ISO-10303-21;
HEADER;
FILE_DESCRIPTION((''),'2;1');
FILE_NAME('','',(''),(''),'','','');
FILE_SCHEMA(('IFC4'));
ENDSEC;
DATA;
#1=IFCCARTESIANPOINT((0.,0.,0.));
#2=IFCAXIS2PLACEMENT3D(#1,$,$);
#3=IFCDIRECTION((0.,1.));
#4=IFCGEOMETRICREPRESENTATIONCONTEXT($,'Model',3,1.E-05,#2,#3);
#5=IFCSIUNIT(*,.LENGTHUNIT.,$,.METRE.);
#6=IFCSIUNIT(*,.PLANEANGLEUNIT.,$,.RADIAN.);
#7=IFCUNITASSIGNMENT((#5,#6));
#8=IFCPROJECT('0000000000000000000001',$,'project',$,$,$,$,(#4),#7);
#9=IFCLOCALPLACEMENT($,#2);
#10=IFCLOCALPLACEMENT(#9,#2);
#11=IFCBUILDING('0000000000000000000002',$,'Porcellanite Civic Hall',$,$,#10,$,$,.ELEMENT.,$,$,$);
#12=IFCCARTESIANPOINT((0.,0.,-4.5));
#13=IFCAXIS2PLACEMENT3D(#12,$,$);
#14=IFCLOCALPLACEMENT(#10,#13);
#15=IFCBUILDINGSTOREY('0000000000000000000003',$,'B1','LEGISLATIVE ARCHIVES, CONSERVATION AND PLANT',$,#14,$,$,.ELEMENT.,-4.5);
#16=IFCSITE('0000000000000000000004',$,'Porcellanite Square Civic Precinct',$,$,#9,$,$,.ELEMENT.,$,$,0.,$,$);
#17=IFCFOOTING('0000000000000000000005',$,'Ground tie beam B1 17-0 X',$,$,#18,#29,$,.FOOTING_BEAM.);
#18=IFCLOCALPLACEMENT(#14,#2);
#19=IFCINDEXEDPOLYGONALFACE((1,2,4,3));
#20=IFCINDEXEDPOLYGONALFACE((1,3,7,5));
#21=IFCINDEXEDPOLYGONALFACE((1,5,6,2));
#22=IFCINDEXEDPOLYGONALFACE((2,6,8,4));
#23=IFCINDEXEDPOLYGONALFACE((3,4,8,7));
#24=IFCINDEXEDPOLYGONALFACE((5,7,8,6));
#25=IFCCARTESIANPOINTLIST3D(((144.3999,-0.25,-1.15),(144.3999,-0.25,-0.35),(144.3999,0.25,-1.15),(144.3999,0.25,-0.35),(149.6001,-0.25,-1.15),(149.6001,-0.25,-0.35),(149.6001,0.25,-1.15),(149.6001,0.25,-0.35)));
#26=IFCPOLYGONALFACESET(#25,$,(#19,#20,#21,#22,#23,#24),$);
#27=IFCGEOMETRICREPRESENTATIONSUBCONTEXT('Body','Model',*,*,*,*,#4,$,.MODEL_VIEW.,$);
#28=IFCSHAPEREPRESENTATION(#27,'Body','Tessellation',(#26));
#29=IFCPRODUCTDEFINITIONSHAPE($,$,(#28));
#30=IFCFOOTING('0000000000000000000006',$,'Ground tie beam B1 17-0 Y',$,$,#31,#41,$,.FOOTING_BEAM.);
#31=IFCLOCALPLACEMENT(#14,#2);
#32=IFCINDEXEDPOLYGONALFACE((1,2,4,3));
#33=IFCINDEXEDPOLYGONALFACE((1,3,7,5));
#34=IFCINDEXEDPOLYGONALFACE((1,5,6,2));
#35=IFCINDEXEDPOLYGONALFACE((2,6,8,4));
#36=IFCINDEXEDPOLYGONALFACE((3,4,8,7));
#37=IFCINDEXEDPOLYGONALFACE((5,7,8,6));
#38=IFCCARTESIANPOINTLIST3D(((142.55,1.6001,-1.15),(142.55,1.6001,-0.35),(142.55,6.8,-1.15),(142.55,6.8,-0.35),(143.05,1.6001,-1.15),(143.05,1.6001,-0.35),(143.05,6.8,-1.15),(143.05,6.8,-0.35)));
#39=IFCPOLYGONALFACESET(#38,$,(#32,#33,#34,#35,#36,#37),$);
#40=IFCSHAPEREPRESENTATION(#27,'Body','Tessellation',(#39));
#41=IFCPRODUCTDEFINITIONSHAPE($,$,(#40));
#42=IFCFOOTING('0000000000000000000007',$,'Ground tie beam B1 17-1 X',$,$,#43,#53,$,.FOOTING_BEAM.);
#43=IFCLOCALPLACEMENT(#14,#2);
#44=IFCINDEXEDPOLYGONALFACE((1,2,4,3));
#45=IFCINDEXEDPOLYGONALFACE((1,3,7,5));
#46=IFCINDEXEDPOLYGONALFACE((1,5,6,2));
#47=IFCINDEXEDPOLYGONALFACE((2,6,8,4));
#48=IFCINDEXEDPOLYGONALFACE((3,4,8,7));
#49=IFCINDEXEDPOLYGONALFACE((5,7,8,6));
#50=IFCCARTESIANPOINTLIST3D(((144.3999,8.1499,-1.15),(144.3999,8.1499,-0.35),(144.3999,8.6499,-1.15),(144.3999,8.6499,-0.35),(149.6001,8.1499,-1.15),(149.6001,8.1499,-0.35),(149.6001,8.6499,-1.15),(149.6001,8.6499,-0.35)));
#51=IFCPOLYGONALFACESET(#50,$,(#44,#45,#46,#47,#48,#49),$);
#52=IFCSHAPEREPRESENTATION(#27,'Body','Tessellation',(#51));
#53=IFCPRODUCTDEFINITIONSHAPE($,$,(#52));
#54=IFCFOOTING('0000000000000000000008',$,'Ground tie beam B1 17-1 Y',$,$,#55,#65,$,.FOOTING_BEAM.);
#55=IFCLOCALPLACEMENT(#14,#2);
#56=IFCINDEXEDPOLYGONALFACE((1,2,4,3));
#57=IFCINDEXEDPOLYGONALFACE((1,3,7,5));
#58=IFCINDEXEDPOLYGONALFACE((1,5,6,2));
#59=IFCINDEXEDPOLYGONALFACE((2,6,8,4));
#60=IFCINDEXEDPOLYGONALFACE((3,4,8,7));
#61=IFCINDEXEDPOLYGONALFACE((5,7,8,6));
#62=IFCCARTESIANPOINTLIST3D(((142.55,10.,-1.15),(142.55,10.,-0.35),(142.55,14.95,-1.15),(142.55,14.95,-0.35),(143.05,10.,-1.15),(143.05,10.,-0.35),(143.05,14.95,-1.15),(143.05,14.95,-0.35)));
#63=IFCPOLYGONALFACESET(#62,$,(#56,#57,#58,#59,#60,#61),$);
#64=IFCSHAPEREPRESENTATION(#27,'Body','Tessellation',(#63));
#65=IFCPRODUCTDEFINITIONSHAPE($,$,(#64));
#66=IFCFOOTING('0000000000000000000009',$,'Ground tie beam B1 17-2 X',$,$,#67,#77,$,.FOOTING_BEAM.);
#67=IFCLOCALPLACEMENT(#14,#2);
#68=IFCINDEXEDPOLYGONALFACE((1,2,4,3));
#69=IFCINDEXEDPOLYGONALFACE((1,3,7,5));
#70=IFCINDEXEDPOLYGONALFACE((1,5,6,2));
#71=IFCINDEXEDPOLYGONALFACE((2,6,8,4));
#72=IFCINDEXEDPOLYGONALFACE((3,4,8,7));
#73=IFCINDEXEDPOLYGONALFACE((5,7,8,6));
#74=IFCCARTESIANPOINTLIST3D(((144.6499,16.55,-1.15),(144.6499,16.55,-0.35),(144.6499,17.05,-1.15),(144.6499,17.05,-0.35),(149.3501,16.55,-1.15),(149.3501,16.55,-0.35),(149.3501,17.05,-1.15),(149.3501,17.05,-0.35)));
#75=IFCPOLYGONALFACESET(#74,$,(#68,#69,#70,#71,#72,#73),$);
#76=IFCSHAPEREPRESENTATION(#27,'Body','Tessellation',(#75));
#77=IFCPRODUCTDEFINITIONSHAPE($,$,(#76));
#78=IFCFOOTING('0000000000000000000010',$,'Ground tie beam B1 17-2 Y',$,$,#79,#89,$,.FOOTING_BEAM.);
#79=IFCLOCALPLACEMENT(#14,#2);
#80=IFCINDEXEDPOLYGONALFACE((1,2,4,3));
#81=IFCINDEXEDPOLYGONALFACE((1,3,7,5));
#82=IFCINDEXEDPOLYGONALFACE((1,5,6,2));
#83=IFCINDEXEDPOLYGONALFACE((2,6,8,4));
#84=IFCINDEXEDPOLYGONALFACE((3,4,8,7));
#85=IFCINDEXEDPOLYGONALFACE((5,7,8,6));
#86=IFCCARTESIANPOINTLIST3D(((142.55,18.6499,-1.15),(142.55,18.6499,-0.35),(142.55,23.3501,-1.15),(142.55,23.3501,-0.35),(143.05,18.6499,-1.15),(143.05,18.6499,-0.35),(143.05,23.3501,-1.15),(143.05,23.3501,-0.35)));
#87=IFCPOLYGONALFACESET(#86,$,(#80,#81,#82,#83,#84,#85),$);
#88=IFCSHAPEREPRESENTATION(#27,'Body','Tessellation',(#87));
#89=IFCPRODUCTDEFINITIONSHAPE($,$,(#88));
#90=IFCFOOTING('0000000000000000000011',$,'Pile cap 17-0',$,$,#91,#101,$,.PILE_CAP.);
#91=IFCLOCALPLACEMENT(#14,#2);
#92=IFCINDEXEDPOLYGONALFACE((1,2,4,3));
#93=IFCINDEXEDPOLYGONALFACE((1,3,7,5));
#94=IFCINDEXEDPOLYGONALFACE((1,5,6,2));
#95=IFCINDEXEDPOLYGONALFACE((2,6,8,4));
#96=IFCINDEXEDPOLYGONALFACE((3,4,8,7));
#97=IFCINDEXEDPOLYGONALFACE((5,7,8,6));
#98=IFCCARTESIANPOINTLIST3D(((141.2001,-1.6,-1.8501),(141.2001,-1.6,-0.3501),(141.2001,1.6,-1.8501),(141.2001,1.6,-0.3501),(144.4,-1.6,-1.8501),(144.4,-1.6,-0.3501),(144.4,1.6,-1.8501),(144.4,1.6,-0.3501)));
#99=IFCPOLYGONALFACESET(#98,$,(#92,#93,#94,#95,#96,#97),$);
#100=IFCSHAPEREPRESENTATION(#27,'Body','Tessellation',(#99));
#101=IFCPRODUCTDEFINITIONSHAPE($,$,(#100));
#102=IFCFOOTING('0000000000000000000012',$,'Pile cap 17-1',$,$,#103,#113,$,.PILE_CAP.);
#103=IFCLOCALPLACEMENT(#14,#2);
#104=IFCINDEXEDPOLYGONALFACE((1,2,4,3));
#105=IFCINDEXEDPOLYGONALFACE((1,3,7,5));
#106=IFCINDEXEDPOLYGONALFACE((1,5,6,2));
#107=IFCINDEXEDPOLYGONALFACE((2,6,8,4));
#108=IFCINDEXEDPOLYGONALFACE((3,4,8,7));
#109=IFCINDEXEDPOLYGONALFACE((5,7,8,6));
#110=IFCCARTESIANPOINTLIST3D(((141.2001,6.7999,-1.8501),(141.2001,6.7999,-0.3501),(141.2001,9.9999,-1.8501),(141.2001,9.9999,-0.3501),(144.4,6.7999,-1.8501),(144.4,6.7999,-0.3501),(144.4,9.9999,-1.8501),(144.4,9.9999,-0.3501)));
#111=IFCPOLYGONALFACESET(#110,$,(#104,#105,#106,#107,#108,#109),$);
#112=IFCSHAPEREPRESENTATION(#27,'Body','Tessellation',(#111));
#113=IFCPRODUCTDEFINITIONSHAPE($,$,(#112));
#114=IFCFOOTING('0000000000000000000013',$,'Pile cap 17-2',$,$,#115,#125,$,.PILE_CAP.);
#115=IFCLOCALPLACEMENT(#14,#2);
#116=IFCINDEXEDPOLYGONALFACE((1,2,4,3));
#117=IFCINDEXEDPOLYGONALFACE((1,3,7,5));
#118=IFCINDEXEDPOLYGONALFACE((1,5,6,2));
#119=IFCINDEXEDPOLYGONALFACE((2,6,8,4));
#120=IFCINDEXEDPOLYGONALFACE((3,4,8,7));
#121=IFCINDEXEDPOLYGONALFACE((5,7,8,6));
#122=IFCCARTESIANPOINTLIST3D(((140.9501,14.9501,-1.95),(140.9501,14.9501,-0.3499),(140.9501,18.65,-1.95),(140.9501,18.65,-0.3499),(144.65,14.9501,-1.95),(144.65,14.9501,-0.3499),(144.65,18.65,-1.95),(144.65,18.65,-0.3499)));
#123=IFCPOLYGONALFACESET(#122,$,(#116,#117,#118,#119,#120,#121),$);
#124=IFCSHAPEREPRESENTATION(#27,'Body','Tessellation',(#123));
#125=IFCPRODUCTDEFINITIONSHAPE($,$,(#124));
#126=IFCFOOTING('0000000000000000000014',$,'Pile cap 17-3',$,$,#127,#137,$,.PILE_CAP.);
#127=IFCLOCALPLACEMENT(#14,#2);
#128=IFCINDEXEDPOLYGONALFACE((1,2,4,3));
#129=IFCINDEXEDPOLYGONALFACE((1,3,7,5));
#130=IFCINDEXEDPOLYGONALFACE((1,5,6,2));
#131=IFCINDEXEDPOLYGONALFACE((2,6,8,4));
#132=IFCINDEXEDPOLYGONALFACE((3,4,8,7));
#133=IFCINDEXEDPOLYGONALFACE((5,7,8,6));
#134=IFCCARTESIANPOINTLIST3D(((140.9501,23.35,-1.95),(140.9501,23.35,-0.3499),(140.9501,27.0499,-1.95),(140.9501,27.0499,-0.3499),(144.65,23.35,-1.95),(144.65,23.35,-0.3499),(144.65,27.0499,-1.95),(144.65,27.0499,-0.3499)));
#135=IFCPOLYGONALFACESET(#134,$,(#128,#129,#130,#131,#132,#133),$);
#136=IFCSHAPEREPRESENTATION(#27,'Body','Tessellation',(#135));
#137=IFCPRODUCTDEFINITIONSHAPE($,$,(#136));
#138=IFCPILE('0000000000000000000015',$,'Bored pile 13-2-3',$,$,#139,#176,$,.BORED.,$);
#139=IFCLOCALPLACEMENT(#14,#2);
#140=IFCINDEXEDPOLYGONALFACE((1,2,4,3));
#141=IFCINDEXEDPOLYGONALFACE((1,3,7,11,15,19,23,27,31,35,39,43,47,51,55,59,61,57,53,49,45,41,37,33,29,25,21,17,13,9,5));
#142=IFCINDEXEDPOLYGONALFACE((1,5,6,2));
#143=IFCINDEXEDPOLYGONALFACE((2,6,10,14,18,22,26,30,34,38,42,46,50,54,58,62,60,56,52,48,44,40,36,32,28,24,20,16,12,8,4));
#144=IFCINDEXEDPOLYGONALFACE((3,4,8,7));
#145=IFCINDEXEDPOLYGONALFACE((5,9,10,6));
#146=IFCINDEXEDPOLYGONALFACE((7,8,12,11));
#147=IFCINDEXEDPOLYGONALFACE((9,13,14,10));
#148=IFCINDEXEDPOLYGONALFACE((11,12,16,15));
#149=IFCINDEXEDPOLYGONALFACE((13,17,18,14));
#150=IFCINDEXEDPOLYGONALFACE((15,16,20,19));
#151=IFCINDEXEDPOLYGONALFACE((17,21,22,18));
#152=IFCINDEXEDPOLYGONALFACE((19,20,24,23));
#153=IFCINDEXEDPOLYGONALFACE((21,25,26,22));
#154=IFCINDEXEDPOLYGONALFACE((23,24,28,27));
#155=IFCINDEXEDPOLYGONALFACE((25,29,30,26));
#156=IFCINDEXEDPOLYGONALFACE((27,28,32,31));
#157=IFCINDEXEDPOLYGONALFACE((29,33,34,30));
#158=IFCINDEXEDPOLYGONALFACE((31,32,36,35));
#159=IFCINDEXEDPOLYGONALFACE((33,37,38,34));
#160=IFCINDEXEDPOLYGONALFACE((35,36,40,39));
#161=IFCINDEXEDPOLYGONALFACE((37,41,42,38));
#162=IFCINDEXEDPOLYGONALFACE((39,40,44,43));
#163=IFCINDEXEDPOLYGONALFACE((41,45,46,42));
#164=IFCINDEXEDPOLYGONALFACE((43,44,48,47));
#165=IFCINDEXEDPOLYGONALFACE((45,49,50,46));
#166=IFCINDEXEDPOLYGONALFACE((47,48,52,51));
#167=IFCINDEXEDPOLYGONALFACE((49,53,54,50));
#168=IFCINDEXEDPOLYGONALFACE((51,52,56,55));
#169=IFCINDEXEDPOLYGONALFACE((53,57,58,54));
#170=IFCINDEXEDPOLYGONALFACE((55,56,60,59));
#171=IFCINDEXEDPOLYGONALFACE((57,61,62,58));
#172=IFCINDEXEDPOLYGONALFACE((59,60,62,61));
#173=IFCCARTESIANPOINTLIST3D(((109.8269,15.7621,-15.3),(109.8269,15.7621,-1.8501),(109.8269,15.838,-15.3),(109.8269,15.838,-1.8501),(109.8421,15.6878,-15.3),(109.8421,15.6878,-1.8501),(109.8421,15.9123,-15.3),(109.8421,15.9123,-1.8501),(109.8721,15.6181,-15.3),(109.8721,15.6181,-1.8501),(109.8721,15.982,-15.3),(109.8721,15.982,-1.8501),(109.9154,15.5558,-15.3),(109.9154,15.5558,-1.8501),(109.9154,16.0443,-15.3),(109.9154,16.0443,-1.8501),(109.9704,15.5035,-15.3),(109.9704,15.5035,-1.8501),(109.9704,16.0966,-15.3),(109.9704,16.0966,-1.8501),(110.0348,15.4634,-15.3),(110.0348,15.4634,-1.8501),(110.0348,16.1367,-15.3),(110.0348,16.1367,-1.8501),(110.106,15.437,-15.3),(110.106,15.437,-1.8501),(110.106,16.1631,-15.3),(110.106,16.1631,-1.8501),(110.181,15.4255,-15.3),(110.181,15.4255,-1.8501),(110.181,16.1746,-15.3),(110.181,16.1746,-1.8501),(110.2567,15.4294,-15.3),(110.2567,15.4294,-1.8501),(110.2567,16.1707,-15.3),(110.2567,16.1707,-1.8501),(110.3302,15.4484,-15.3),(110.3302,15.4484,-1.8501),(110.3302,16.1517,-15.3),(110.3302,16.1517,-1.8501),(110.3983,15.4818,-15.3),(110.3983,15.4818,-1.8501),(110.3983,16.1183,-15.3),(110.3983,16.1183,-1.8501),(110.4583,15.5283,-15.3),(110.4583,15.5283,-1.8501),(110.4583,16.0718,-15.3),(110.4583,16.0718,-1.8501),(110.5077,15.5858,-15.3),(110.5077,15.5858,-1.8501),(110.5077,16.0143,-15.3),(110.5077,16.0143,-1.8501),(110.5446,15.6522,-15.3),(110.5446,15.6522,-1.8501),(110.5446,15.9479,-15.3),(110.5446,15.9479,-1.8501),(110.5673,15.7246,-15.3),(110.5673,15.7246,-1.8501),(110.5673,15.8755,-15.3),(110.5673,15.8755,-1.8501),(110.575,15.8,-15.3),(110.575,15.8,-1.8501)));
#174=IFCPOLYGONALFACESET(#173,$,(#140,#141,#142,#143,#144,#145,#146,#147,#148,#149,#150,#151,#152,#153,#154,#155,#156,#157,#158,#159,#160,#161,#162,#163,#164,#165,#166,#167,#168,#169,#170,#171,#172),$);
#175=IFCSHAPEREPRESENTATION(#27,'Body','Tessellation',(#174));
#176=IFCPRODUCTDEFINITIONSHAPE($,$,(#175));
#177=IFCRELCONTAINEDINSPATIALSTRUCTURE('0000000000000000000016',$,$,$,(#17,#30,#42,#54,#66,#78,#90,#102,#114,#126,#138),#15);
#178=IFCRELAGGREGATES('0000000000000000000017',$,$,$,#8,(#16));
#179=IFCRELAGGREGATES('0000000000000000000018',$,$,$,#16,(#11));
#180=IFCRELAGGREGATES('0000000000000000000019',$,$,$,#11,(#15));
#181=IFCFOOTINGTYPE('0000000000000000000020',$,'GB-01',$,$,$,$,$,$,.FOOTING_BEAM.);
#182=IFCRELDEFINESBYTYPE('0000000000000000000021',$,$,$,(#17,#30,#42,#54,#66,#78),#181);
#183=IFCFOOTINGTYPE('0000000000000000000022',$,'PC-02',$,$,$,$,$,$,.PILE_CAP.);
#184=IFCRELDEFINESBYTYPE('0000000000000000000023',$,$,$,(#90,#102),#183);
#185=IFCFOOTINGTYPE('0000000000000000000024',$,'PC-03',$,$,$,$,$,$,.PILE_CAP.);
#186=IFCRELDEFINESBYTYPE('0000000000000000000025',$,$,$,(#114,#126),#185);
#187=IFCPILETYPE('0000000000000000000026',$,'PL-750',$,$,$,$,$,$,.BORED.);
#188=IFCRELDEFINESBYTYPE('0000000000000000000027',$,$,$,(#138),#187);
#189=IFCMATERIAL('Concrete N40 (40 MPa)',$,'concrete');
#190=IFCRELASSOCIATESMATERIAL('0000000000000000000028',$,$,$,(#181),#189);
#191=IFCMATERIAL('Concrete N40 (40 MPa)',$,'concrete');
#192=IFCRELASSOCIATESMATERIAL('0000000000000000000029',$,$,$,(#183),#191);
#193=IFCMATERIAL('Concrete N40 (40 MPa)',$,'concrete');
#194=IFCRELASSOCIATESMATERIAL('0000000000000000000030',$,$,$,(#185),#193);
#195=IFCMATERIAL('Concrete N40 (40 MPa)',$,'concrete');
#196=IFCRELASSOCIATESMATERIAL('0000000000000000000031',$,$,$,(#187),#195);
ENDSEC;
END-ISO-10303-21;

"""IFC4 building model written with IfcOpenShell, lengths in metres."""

from ifc_helpers import new_model, si_unit, direction, frame, origin, origin_2d, place, context, subcontext, project, spatial, rectangle, circle, extrude, material, material_profile, profile_set, type_object, element, save


model = new_model("IFC4")

# Units and contexts
model_context = context("Model", 3, precision=1e-05, world=origin(), true_north=direction((0.0, 1.0)))
body_context = subcontext(model_context, "Body", "Model", "MODEL_VIEW")
ifc_project = project(units=[si_unit("LENGTHUNIT", "METRE"), si_unit("PLANEANGLEUNIT", "RADIAN")], contexts=[model_context])

# Site, building, storey
site_placement = place(None, origin())
site = spatial("IfcSite", under=ifc_project, at=site_placement, Name="Porcellanite Square Civic Precinct", CompositionType="ELEMENT", RefElevation=0.0)
building_placement = place(site_placement, origin())
building = spatial("IfcBuilding", under=site, at=building_placement, Name="Porcellanite Civic Hall", CompositionType="ELEMENT")
storey_placement = place(building_placement, frame((0.0, 0.0, -4.5)))
storey = spatial("IfcBuildingStorey", under=building, at=storey_placement, Name="B1", Description="LEGISLATIVE ARCHIVES, CONSERVATION AND PLANT", CompositionType="ELEMENT", Elevation=-4.5)

# Footings
ifc_material_1 = material(Name="Concrete N40 (40 MPa)", Category="concrete")
ifc_material_profile_1 = material_profile(ifc_material_1, rectangle(XDim=0.5, YDim=0.8, at=origin_2d()), Name="RC-500x800")
ifc_profile_set_1 = profile_set([ifc_material_profile_1], Name="Concrete N40 (40 MPa)")
footing_type_1 = type_object("IfcFootingType", Name="GB-01", PredefinedType="FOOTING_BEAM", material=ifc_profile_set_1)
footing_1_placement = place(storey_placement, frame((144.3999, 0.0, -0.75), z_axis=(1.0, 0.0, 0.0), x_axis=(0.0, 1.0, 0.0)))
element("IfcFooting", 1, at=footing_1_placement, inside=storey, type_object=footing_type_1, Name="Ground tie beam B1 17-0 X", PredefinedType="FOOTING_BEAM", context=body_context, shape_type="SweptSolid", body=[
    extrude(rectangle(XDim=0.5, YDim=0.8, at=origin_2d()), origin(), (0.0, 0.0, 1.0), 5.2002),
])
footing_2_placement = place(storey_placement, frame((142.8, 1.6001, -0.75), z_axis=(0.0, 1.0, 0.0), x_axis=(-1.0, 0.0, 0.0)))
element("IfcFooting", 2, at=footing_2_placement, inside=storey, type_object=footing_type_1, Name="Ground tie beam B1 17-0 Y", PredefinedType="FOOTING_BEAM", context=body_context, shape_type="SweptSolid", body=[
    extrude(rectangle(XDim=0.5, YDim=0.8, at=origin_2d()), origin(), (0.0, 0.0, 1.0), 5.2),
])
footing_3_placement = place(storey_placement, frame((144.3999, 8.3999, -0.75), z_axis=(1.0, 0.0, 0.0), x_axis=(0.0, 1.0, 0.0)))
element("IfcFooting", 3, at=footing_3_placement, inside=storey, type_object=footing_type_1, Name="Ground tie beam B1 17-1 X", PredefinedType="FOOTING_BEAM", context=body_context, shape_type="SweptSolid", body=[
    extrude(rectangle(XDim=0.5, YDim=0.8, at=origin_2d()), origin(), (0.0, 0.0, 1.0), 5.2002),
])
footing_4_placement = place(storey_placement, frame((142.8, 10.0, -0.75), z_axis=(0.0, 1.0, 0.0), x_axis=(-1.0, 0.0, 0.0)))
element("IfcFooting", 4, at=footing_4_placement, inside=storey, type_object=footing_type_1, Name="Ground tie beam B1 17-1 Y", PredefinedType="FOOTING_BEAM", context=body_context, shape_type="SweptSolid", body=[
    extrude(rectangle(XDim=0.5, YDim=0.8, at=origin_2d()), origin(), (0.0, 0.0, 1.0), 4.95),
])
for number, where, z_axis, x_axis, name in (
    (5, (144.6499, 16.8, -0.75), (1.0, 0.0, 0.0), (0.0, 1.0, 0.0), "Ground tie beam B1 17-2 X"),
    (6, (142.8, 18.6499, -0.75), (0.0, 1.0, 0.0), (-1.0, 0.0, 0.0), "Ground tie beam B1 17-2 Y"),
):
    element("IfcFooting", number, at=place(storey_placement, frame(where, z_axis=z_axis, x_axis=x_axis)), inside=storey, type_object=footing_type_1, Name=name, PredefinedType="FOOTING_BEAM", context=body_context, shape_type="SweptSolid", body=[
        extrude(rectangle(XDim=0.5, YDim=0.8, at=origin_2d()), origin(), (0.0, 0.0, 1.0), 4.7002),
    ])
ifc_material_2 = material(Name="Concrete N40 (40 MPa)", Category="concrete")
footing_type_2 = type_object("IfcFootingType", Name="PC-02", PredefinedType="PILE_CAP", material=ifc_material_2)
for number, where, z_axis, x_axis, name in (
    (7, (142.8, 0.0, -1.8501), (0.0, 0.0, 1.0), (1.0, 0.0, 0.0), "Pile cap 17-0"),
    (8, (142.8, 8.3999, -1.8501), (0.0, 0.0, 1.0), (1.0, 0.0, 0.0), "Pile cap 17-1"),
):
    element("IfcFooting", number, at=place(storey_placement, frame(where, z_axis=z_axis, x_axis=x_axis)), inside=storey, type_object=footing_type_2, Name=name, PredefinedType="PILE_CAP", context=body_context, shape_type="SweptSolid", body=[
        extrude(rectangle(XDim=3.2, YDim=3.2, at=origin_2d()), origin(), (0.0, 0.0, 1.0), 1.5),
    ])
ifc_material_3 = material(Name="Concrete N40 (40 MPa)", Category="concrete")
footing_type_3 = type_object("IfcFootingType", Name="PC-03", PredefinedType="PILE_CAP", material=ifc_material_3)
for number, where, z_axis, x_axis, name in (
    (9, (142.8, 16.8, -1.95), (0.0, 0.0, 1.0), (1.0, 0.0, 0.0), "Pile cap 17-2"),
    (10, (142.8, 25.2, -1.95), (0.0, 0.0, 1.0), (1.0, 0.0, 0.0), "Pile cap 17-3"),
):
    element("IfcFooting", number, at=place(storey_placement, frame(where, z_axis=z_axis, x_axis=x_axis)), inside=storey, type_object=footing_type_3, Name=name, PredefinedType="PILE_CAP", context=body_context, shape_type="SweptSolid", body=[
        extrude(rectangle(XDim=3.7, YDim=3.7, at=origin_2d()), origin(), (0.0, 0.0, 1.0), 1.6001),
    ])

# Pile
ifc_material_4 = material(Name="Concrete N40 (40 MPa)", Category="concrete")
ifc_material_profile_2 = material_profile(ifc_material_4, circle(Radius=0.375, at=origin_2d()), Name="PILE-D750")
ifc_profile_set_2 = profile_set([ifc_material_profile_2], Name="Concrete N40 (40 MPa)")
pile_type_1 = type_object("IfcPileType", Name="PL-750", PredefinedType="BORED", material=ifc_profile_set_2)
for number, where, z_axis, x_axis, name in (
    (11, (110.2, 15.8, -1.8501), (0.0, 0.0, -1.0), (1.0, 0.0, 0.0), "Bored pile 13-2-3"),
):
    element("IfcPile", number, at=place(storey_placement, frame(where, z_axis=z_axis, x_axis=x_axis)), inside=storey, type_object=pile_type_1, Name=name, PredefinedType="BORED", context=body_context, shape_type="SweptSolid", body=[
        extrude(circle(Radius=0.375, at=origin_2d()), origin(), (0.0, 0.0, 1.0), 13.45),
    ])

save(model, "model.ifc")
